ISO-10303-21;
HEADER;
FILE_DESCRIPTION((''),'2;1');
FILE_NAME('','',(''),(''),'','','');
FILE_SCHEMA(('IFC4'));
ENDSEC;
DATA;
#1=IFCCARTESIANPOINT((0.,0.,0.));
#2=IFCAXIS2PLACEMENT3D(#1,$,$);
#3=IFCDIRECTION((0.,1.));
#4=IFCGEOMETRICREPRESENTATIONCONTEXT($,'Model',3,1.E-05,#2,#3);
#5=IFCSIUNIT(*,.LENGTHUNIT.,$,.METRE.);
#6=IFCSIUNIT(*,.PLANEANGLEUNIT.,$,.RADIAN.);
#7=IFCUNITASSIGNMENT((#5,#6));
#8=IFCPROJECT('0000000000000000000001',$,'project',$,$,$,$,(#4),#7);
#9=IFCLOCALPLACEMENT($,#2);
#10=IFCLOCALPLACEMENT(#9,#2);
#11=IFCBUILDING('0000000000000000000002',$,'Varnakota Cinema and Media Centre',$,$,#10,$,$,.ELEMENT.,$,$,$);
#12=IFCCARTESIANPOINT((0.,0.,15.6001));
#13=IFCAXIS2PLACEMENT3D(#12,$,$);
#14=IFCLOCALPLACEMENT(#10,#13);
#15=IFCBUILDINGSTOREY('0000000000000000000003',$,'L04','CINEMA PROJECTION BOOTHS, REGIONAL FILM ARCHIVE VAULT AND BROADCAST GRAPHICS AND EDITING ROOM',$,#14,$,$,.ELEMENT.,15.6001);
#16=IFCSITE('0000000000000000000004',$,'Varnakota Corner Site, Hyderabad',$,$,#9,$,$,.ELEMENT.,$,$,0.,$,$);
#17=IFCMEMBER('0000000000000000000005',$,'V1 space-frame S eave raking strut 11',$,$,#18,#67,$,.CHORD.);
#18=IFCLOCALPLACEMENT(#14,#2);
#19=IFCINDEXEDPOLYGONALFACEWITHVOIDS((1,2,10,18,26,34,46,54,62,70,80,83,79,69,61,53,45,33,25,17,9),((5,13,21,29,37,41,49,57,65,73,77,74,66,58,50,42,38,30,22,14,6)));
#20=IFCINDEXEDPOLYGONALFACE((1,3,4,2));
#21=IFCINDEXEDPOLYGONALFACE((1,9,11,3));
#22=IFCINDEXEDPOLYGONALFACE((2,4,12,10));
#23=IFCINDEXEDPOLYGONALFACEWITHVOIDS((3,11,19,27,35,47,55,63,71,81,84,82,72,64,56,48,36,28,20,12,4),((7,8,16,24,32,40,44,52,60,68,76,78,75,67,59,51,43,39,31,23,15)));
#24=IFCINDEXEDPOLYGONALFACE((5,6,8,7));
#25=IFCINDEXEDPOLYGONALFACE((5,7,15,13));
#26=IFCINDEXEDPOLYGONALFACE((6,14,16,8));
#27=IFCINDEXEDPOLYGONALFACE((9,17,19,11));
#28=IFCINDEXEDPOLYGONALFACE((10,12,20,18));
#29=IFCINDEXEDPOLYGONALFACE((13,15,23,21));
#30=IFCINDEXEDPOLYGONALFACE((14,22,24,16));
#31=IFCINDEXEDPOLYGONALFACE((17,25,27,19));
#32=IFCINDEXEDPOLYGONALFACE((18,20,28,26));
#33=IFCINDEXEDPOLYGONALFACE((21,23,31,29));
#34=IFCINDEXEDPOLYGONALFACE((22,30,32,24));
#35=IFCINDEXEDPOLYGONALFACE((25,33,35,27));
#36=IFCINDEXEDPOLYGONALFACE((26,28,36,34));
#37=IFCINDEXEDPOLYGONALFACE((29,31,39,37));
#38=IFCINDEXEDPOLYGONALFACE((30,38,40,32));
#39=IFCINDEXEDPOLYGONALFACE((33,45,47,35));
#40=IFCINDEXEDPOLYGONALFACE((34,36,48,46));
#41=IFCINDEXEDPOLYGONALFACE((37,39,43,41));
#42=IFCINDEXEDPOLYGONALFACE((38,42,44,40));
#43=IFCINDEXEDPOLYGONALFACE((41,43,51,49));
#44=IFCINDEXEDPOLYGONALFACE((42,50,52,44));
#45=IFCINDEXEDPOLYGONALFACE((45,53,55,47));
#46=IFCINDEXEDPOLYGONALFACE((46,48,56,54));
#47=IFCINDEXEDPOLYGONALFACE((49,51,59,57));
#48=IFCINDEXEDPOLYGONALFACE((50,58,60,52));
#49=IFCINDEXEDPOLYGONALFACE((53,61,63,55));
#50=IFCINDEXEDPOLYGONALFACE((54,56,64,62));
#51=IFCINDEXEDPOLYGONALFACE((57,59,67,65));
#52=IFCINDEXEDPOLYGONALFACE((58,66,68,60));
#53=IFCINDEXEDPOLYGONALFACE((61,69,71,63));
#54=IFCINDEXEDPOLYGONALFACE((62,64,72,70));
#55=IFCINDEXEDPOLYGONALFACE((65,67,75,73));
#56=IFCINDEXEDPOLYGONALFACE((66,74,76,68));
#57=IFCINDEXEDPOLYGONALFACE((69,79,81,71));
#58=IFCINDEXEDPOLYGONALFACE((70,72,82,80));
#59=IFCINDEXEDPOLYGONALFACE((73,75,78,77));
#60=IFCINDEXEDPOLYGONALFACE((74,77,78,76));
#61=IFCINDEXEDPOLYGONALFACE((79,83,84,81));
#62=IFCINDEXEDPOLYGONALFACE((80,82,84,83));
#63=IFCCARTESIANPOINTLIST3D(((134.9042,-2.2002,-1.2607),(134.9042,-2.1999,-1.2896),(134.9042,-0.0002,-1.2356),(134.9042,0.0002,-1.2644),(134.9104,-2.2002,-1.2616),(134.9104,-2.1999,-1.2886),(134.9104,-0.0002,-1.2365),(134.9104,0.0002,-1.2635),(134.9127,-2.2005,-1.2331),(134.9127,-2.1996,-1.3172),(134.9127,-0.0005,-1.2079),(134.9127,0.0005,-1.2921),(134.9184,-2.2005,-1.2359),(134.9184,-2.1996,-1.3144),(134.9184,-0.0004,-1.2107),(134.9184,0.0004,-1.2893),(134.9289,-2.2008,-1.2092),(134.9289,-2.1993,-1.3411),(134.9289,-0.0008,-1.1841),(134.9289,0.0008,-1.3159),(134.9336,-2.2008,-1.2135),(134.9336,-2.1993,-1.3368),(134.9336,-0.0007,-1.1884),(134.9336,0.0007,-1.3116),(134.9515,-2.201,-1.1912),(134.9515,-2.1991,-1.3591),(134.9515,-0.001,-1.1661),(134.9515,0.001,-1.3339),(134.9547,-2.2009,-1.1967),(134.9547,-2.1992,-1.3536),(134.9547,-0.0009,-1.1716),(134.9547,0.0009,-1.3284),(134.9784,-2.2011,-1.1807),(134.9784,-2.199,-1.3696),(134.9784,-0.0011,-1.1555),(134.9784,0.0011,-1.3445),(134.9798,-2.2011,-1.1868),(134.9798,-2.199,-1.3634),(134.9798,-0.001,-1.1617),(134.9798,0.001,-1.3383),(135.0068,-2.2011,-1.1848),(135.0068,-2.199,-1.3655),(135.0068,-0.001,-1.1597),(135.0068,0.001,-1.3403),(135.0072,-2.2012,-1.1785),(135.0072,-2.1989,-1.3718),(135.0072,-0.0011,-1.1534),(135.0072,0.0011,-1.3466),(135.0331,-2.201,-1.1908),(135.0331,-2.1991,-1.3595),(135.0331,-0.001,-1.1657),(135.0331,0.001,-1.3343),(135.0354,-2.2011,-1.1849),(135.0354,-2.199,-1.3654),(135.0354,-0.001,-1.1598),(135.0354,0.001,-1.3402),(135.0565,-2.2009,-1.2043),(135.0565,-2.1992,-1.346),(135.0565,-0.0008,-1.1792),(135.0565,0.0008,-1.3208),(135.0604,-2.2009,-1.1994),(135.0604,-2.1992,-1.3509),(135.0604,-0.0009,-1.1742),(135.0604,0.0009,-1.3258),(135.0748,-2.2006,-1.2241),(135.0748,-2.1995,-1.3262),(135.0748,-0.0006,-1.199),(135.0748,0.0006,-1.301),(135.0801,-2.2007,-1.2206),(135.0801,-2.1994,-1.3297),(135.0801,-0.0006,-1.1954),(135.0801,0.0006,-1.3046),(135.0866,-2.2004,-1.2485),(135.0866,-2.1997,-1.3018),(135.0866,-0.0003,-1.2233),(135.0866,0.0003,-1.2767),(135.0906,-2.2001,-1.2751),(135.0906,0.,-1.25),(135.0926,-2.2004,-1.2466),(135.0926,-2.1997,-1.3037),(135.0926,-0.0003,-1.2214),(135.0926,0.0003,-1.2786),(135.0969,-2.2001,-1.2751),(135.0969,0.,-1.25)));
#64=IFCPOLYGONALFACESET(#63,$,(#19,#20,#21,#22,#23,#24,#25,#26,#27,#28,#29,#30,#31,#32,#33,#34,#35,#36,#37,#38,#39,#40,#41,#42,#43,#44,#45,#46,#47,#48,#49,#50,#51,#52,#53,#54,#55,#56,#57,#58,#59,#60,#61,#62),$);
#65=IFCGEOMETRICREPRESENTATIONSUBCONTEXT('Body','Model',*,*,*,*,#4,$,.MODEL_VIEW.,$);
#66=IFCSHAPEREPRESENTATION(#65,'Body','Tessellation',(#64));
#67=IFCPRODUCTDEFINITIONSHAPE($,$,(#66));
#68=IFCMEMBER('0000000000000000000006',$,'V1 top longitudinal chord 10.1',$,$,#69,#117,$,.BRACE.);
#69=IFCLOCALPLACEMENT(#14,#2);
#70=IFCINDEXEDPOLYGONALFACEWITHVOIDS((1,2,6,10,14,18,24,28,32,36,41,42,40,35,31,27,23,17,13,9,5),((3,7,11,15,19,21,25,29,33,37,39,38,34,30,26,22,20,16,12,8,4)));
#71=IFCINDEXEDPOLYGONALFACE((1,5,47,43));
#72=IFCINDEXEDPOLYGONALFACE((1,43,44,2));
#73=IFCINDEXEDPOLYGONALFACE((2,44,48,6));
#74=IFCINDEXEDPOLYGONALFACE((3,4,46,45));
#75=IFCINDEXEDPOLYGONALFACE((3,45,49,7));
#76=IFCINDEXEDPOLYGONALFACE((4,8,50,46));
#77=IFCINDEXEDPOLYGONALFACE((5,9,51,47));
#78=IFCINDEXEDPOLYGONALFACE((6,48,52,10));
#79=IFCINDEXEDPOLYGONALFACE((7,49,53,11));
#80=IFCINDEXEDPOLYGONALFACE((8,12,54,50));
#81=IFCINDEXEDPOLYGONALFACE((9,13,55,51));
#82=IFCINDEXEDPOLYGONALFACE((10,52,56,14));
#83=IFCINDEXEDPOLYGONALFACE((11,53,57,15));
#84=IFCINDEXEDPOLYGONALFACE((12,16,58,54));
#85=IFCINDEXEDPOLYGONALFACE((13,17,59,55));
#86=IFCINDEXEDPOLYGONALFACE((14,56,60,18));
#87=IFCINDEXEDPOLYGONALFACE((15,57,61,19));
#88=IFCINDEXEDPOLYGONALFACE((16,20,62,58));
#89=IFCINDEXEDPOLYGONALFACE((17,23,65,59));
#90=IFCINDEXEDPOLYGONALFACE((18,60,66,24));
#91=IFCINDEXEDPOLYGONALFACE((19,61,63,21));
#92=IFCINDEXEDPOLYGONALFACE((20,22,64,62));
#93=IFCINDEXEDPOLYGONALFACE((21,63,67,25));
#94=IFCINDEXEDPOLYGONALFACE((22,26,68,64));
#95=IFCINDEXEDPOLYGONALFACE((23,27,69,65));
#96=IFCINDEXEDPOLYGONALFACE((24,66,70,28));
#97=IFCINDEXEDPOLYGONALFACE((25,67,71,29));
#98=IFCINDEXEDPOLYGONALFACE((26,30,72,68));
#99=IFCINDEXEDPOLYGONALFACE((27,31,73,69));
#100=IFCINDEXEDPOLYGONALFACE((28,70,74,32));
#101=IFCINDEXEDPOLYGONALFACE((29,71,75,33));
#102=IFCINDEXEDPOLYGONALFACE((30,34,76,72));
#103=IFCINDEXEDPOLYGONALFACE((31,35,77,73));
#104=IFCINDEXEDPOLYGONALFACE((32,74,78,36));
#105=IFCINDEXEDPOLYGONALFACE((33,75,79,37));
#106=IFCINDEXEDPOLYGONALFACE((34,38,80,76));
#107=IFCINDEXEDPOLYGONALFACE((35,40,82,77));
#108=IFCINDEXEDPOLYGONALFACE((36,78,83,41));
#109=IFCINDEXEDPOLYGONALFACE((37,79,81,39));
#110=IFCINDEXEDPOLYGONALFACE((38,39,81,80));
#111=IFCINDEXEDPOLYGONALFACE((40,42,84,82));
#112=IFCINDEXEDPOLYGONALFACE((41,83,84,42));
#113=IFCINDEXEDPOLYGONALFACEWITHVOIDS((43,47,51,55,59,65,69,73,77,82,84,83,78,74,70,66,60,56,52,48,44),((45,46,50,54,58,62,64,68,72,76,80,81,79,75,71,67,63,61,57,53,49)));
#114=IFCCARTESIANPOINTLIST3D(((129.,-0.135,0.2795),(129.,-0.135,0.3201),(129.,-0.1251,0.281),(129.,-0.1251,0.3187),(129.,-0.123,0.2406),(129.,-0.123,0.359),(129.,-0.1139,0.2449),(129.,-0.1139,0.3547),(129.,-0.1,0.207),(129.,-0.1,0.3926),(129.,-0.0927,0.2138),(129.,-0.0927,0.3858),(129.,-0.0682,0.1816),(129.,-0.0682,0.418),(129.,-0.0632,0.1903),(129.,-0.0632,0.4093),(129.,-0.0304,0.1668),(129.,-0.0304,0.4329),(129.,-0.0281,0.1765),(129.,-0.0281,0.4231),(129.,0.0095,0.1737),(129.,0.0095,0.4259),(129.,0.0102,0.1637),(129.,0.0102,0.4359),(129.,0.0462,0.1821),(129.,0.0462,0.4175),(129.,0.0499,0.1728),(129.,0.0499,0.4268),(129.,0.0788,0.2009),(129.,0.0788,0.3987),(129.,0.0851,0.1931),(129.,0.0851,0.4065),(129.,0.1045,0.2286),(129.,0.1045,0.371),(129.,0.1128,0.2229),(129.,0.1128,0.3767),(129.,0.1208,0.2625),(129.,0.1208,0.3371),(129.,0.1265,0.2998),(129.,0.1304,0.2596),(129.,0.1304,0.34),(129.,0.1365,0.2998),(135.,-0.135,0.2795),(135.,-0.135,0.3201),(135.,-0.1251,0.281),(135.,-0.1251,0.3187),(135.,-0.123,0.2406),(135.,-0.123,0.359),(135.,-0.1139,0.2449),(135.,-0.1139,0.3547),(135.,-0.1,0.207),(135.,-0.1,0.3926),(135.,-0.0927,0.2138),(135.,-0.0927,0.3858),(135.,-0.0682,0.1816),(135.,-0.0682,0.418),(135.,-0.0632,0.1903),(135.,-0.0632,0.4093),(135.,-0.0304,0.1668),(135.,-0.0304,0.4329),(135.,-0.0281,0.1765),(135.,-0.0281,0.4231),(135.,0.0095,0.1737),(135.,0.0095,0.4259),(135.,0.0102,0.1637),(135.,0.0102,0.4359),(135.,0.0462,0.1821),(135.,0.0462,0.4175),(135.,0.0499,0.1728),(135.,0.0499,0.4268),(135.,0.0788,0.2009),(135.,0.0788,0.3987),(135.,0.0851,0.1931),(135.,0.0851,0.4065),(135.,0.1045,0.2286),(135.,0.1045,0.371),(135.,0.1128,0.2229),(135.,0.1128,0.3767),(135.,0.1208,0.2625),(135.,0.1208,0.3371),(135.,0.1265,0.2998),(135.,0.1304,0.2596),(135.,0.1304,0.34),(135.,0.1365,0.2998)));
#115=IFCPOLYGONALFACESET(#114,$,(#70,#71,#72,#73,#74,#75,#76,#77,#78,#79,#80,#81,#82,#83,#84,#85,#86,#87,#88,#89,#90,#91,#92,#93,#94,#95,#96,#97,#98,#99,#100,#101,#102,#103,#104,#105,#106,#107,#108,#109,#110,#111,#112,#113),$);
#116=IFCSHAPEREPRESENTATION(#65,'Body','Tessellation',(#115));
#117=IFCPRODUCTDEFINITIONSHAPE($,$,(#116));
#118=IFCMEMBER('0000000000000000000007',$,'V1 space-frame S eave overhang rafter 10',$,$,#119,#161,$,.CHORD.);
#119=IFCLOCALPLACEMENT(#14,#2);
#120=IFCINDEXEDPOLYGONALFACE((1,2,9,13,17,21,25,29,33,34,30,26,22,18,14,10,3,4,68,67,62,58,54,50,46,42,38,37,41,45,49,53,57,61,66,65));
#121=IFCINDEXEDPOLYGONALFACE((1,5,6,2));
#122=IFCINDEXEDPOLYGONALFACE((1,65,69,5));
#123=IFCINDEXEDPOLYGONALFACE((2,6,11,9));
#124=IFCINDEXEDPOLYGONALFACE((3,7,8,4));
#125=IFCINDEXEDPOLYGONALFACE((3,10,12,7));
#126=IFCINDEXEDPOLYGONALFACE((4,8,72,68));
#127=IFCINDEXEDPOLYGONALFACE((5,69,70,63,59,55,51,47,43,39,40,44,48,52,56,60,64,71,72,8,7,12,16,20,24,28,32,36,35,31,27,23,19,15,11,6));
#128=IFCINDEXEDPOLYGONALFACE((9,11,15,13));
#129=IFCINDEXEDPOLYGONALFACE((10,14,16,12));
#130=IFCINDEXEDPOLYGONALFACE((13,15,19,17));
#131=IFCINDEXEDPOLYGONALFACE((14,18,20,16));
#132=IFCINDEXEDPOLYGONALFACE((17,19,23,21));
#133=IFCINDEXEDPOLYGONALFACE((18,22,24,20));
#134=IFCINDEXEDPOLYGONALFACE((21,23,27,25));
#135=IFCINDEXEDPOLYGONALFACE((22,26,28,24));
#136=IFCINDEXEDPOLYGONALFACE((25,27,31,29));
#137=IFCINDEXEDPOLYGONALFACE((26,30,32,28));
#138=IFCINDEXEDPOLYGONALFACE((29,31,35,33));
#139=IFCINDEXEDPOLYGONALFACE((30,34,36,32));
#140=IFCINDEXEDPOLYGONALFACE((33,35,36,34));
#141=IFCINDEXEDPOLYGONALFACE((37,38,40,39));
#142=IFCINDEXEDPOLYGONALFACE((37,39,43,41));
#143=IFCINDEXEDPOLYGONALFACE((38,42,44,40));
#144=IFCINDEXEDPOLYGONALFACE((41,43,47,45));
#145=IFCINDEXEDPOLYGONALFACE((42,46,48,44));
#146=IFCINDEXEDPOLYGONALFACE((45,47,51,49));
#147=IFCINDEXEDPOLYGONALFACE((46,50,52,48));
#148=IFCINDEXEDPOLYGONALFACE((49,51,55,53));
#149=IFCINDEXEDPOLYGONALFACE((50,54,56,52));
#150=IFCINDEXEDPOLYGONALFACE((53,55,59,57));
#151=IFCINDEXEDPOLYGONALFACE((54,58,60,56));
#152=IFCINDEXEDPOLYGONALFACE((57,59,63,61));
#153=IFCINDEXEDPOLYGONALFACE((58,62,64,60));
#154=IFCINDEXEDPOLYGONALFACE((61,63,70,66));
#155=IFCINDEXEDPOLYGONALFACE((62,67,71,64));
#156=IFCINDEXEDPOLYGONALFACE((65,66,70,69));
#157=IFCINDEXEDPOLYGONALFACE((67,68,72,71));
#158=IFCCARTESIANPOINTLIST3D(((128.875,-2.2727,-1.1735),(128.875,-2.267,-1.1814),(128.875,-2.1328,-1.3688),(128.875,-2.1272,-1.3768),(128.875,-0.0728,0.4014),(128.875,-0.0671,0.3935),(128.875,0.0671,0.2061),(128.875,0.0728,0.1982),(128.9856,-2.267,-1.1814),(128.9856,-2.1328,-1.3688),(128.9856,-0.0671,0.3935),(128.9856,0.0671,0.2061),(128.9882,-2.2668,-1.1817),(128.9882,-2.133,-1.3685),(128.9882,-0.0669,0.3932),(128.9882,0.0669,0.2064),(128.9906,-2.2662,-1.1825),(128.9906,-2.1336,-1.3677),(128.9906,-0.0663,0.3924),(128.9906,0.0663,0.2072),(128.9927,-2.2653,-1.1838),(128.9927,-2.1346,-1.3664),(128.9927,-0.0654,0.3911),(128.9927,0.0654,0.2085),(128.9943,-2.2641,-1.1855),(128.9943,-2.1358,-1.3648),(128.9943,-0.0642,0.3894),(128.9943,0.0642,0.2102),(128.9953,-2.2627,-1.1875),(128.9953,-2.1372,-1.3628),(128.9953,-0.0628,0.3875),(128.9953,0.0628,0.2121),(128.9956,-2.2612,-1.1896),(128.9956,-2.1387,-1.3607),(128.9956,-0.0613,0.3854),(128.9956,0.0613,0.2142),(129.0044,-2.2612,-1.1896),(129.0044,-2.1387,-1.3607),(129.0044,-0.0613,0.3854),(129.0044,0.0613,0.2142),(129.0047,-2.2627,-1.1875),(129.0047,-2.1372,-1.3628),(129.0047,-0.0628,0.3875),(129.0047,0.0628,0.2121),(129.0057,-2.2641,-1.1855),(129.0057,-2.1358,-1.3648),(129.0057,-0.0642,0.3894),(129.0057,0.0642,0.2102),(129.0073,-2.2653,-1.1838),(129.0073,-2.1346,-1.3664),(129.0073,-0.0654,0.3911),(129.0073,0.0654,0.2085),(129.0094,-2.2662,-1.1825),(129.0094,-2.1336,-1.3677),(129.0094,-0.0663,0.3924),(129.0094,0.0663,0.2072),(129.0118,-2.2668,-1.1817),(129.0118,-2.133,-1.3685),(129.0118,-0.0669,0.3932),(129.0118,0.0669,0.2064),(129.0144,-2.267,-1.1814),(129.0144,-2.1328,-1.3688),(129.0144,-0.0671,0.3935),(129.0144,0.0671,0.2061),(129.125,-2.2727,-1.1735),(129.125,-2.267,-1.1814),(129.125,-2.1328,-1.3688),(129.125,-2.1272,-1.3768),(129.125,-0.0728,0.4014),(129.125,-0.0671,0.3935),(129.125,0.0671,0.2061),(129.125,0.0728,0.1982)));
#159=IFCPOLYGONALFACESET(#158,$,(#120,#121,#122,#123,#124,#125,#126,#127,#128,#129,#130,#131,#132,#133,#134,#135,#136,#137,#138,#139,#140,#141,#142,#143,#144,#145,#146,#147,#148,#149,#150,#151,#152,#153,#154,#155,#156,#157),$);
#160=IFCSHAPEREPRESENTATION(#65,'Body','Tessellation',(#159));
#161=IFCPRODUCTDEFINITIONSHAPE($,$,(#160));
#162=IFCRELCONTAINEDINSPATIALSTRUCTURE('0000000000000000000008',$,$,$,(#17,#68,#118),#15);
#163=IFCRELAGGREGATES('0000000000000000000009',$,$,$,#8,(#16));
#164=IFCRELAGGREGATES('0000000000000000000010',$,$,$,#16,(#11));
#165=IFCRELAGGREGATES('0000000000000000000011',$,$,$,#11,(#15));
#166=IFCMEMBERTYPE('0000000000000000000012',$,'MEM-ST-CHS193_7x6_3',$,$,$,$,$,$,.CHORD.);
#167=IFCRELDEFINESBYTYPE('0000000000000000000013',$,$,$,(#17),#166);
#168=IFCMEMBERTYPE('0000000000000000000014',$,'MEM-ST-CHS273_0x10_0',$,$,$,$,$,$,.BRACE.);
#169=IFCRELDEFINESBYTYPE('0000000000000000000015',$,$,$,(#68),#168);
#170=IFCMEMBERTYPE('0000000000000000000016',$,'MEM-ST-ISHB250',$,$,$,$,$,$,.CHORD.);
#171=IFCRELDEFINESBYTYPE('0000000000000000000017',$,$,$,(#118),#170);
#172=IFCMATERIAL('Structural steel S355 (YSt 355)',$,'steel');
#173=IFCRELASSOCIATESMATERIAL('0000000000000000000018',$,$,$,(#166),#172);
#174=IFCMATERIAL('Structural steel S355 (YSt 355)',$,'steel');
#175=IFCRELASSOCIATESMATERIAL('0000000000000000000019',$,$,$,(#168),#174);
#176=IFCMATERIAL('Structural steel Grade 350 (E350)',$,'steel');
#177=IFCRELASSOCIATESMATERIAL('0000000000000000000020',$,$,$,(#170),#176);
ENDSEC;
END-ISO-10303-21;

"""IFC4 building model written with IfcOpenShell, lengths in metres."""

from ifc_helpers import new_model, si_unit, direction, frame, origin, origin_2d, place, context, subcontext, project, spatial, hollow_circle, i_section, extrude, material, material_profile, profile_set, type_object, element, save


model = new_model("IFC4")

# Units and contexts
model_context = context("Model", 3, precision=1e-05, world=origin(), true_north=direction((0.0, 1.0)))
body_context = subcontext(model_context, "Body", "Model", "MODEL_VIEW")
ifc_project = project(units=[si_unit("LENGTHUNIT", "METRE"), si_unit("PLANEANGLEUNIT", "RADIAN")], contexts=[model_context])

# Site, building, storey
site_placement = place(None, origin())
site = spatial("IfcSite", under=ifc_project, at=site_placement, Name="Varnakota Corner Site, Hyderabad", CompositionType="ELEMENT", RefElevation=0.0)
building_placement = place(site_placement, origin())
building = spatial("IfcBuilding", under=site, at=building_placement, Name="Varnakota Cinema and Media Centre", CompositionType="ELEMENT")
storey_placement = place(building_placement, frame((0.0, 0.0, 15.6001)))
storey = spatial("IfcBuildingStorey", under=building, at=storey_placement, Name="L04", Description="CINEMA PROJECTION BOOTHS, REGIONAL FILM ARCHIVE VAULT AND BROADCAST GRAPHICS AND EDITING ROOM", CompositionType="ELEMENT", Elevation=15.6001)

# Members
ifc_material_1 = material(Name="Structural steel S355 (YSt 355)", Category="steel")
ifc_material_profile_1 = material_profile(ifc_material_1, hollow_circle(Radius=0.0969, WallThickness=0.0063, at=origin_2d()), Name="CHS 193.7x6.3")
ifc_profile_set_1 = profile_set([ifc_material_profile_1], Name="Structural steel S355 (YSt 355)")
member_type_1 = type_object("IfcMemberType", Name="MEM-ST-CHS193_7x6_3", PredefinedType="CHORD", material=ifc_profile_set_1)
for number, where, z_axis, x_axis, name in (
    (1, (135.0, 0.0, -1.25), (0.0, -0.999935, -0.01143), (1.0, 0.0, 0.0), "V1 space-frame S eave raking strut 11"),
):
    element("IfcMember", number, at=place(storey_placement, frame(where, z_axis=z_axis, x_axis=x_axis)), inside=storey, type_object=member_type_1, Name=name, PredefinedType="CHORD", context=body_context, shape_type="SweptSolid", body=[
        extrude(hollow_circle(Radius=0.0969, WallThickness=0.0063, at=origin_2d()), origin(), (0.0, 0.0, 1.0), 2.2002),
    ])
ifc_material_2 = material(Name="Structural steel S355 (YSt 355)", Category="steel")
ifc_material_profile_2 = material_profile(ifc_material_2, hollow_circle(Radius=0.1365, WallThickness=0.01, at=origin_2d()), Name="CHS 273.0x10.0")
ifc_profile_set_2 = profile_set([ifc_material_profile_2], Name="Structural steel S355 (YSt 355)")
member_type_2 = type_object("IfcMemberType", Name="MEM-ST-CHS273_0x10_0", PredefinedType="BRACE", material=ifc_profile_set_2)
member_1_placement = place(storey_placement, frame((129.0, 0.0, 0.2998), z_axis=(1.0, 0.0, 0.0), x_axis=(0.0, 1.0, 0.0)))
element("IfcMember", 2, at=member_1_placement, inside=storey, type_object=member_type_2, Name="V1 top longitudinal chord 10.1", PredefinedType="BRACE", context=body_context, shape_type="SweptSolid", body=[
    extrude(hollow_circle(Radius=0.1365, WallThickness=0.01, at=origin_2d()), origin(), (0.0, 0.0, 1.0), 6.0),
])
ifc_material_3 = material(Name="Structural steel Grade 350 (E350)", Category="steel")
ifc_material_profile_3 = material_profile(ifc_material_3, i_section(OverallWidth=0.25, OverallDepth=0.25, WebThickness=0.0088, FlangeThickness=0.0098, FilletRadius=0.01, at=origin_2d()), Name="ISHB 250")
ifc_profile_set_3 = profile_set([ifc_material_profile_3], Name="Structural steel Grade 350 (E350)")
member_type_3 = type_object("IfcMemberType", Name="MEM-ST-ISHB250", PredefinedType="CHORD", material=ifc_profile_set_3)
for number, where, z_axis, x_axis, name in (
    (3, (129.0, 0.0, 0.2998), (0.0, -0.813111, -0.582109), (1.0, 0.0, 0.0), "V1 space-frame S eave overhang rafter 10"),
):
    element("IfcMember", number, at=place(storey_placement, frame(where, z_axis=z_axis, x_axis=x_axis)), inside=storey, type_object=member_type_3, Name=name, PredefinedType="CHORD", context=body_context, shape_type="SweptSolid", body=[
        extrude(i_section(OverallWidth=0.25, OverallDepth=0.25, WebThickness=0.0088, FlangeThickness=0.0098, FilletRadius=0.01, at=origin_2d()), origin(), (0.0, 0.0, 1.0), 2.7056),
    ])

save(model, "model.ifc")
